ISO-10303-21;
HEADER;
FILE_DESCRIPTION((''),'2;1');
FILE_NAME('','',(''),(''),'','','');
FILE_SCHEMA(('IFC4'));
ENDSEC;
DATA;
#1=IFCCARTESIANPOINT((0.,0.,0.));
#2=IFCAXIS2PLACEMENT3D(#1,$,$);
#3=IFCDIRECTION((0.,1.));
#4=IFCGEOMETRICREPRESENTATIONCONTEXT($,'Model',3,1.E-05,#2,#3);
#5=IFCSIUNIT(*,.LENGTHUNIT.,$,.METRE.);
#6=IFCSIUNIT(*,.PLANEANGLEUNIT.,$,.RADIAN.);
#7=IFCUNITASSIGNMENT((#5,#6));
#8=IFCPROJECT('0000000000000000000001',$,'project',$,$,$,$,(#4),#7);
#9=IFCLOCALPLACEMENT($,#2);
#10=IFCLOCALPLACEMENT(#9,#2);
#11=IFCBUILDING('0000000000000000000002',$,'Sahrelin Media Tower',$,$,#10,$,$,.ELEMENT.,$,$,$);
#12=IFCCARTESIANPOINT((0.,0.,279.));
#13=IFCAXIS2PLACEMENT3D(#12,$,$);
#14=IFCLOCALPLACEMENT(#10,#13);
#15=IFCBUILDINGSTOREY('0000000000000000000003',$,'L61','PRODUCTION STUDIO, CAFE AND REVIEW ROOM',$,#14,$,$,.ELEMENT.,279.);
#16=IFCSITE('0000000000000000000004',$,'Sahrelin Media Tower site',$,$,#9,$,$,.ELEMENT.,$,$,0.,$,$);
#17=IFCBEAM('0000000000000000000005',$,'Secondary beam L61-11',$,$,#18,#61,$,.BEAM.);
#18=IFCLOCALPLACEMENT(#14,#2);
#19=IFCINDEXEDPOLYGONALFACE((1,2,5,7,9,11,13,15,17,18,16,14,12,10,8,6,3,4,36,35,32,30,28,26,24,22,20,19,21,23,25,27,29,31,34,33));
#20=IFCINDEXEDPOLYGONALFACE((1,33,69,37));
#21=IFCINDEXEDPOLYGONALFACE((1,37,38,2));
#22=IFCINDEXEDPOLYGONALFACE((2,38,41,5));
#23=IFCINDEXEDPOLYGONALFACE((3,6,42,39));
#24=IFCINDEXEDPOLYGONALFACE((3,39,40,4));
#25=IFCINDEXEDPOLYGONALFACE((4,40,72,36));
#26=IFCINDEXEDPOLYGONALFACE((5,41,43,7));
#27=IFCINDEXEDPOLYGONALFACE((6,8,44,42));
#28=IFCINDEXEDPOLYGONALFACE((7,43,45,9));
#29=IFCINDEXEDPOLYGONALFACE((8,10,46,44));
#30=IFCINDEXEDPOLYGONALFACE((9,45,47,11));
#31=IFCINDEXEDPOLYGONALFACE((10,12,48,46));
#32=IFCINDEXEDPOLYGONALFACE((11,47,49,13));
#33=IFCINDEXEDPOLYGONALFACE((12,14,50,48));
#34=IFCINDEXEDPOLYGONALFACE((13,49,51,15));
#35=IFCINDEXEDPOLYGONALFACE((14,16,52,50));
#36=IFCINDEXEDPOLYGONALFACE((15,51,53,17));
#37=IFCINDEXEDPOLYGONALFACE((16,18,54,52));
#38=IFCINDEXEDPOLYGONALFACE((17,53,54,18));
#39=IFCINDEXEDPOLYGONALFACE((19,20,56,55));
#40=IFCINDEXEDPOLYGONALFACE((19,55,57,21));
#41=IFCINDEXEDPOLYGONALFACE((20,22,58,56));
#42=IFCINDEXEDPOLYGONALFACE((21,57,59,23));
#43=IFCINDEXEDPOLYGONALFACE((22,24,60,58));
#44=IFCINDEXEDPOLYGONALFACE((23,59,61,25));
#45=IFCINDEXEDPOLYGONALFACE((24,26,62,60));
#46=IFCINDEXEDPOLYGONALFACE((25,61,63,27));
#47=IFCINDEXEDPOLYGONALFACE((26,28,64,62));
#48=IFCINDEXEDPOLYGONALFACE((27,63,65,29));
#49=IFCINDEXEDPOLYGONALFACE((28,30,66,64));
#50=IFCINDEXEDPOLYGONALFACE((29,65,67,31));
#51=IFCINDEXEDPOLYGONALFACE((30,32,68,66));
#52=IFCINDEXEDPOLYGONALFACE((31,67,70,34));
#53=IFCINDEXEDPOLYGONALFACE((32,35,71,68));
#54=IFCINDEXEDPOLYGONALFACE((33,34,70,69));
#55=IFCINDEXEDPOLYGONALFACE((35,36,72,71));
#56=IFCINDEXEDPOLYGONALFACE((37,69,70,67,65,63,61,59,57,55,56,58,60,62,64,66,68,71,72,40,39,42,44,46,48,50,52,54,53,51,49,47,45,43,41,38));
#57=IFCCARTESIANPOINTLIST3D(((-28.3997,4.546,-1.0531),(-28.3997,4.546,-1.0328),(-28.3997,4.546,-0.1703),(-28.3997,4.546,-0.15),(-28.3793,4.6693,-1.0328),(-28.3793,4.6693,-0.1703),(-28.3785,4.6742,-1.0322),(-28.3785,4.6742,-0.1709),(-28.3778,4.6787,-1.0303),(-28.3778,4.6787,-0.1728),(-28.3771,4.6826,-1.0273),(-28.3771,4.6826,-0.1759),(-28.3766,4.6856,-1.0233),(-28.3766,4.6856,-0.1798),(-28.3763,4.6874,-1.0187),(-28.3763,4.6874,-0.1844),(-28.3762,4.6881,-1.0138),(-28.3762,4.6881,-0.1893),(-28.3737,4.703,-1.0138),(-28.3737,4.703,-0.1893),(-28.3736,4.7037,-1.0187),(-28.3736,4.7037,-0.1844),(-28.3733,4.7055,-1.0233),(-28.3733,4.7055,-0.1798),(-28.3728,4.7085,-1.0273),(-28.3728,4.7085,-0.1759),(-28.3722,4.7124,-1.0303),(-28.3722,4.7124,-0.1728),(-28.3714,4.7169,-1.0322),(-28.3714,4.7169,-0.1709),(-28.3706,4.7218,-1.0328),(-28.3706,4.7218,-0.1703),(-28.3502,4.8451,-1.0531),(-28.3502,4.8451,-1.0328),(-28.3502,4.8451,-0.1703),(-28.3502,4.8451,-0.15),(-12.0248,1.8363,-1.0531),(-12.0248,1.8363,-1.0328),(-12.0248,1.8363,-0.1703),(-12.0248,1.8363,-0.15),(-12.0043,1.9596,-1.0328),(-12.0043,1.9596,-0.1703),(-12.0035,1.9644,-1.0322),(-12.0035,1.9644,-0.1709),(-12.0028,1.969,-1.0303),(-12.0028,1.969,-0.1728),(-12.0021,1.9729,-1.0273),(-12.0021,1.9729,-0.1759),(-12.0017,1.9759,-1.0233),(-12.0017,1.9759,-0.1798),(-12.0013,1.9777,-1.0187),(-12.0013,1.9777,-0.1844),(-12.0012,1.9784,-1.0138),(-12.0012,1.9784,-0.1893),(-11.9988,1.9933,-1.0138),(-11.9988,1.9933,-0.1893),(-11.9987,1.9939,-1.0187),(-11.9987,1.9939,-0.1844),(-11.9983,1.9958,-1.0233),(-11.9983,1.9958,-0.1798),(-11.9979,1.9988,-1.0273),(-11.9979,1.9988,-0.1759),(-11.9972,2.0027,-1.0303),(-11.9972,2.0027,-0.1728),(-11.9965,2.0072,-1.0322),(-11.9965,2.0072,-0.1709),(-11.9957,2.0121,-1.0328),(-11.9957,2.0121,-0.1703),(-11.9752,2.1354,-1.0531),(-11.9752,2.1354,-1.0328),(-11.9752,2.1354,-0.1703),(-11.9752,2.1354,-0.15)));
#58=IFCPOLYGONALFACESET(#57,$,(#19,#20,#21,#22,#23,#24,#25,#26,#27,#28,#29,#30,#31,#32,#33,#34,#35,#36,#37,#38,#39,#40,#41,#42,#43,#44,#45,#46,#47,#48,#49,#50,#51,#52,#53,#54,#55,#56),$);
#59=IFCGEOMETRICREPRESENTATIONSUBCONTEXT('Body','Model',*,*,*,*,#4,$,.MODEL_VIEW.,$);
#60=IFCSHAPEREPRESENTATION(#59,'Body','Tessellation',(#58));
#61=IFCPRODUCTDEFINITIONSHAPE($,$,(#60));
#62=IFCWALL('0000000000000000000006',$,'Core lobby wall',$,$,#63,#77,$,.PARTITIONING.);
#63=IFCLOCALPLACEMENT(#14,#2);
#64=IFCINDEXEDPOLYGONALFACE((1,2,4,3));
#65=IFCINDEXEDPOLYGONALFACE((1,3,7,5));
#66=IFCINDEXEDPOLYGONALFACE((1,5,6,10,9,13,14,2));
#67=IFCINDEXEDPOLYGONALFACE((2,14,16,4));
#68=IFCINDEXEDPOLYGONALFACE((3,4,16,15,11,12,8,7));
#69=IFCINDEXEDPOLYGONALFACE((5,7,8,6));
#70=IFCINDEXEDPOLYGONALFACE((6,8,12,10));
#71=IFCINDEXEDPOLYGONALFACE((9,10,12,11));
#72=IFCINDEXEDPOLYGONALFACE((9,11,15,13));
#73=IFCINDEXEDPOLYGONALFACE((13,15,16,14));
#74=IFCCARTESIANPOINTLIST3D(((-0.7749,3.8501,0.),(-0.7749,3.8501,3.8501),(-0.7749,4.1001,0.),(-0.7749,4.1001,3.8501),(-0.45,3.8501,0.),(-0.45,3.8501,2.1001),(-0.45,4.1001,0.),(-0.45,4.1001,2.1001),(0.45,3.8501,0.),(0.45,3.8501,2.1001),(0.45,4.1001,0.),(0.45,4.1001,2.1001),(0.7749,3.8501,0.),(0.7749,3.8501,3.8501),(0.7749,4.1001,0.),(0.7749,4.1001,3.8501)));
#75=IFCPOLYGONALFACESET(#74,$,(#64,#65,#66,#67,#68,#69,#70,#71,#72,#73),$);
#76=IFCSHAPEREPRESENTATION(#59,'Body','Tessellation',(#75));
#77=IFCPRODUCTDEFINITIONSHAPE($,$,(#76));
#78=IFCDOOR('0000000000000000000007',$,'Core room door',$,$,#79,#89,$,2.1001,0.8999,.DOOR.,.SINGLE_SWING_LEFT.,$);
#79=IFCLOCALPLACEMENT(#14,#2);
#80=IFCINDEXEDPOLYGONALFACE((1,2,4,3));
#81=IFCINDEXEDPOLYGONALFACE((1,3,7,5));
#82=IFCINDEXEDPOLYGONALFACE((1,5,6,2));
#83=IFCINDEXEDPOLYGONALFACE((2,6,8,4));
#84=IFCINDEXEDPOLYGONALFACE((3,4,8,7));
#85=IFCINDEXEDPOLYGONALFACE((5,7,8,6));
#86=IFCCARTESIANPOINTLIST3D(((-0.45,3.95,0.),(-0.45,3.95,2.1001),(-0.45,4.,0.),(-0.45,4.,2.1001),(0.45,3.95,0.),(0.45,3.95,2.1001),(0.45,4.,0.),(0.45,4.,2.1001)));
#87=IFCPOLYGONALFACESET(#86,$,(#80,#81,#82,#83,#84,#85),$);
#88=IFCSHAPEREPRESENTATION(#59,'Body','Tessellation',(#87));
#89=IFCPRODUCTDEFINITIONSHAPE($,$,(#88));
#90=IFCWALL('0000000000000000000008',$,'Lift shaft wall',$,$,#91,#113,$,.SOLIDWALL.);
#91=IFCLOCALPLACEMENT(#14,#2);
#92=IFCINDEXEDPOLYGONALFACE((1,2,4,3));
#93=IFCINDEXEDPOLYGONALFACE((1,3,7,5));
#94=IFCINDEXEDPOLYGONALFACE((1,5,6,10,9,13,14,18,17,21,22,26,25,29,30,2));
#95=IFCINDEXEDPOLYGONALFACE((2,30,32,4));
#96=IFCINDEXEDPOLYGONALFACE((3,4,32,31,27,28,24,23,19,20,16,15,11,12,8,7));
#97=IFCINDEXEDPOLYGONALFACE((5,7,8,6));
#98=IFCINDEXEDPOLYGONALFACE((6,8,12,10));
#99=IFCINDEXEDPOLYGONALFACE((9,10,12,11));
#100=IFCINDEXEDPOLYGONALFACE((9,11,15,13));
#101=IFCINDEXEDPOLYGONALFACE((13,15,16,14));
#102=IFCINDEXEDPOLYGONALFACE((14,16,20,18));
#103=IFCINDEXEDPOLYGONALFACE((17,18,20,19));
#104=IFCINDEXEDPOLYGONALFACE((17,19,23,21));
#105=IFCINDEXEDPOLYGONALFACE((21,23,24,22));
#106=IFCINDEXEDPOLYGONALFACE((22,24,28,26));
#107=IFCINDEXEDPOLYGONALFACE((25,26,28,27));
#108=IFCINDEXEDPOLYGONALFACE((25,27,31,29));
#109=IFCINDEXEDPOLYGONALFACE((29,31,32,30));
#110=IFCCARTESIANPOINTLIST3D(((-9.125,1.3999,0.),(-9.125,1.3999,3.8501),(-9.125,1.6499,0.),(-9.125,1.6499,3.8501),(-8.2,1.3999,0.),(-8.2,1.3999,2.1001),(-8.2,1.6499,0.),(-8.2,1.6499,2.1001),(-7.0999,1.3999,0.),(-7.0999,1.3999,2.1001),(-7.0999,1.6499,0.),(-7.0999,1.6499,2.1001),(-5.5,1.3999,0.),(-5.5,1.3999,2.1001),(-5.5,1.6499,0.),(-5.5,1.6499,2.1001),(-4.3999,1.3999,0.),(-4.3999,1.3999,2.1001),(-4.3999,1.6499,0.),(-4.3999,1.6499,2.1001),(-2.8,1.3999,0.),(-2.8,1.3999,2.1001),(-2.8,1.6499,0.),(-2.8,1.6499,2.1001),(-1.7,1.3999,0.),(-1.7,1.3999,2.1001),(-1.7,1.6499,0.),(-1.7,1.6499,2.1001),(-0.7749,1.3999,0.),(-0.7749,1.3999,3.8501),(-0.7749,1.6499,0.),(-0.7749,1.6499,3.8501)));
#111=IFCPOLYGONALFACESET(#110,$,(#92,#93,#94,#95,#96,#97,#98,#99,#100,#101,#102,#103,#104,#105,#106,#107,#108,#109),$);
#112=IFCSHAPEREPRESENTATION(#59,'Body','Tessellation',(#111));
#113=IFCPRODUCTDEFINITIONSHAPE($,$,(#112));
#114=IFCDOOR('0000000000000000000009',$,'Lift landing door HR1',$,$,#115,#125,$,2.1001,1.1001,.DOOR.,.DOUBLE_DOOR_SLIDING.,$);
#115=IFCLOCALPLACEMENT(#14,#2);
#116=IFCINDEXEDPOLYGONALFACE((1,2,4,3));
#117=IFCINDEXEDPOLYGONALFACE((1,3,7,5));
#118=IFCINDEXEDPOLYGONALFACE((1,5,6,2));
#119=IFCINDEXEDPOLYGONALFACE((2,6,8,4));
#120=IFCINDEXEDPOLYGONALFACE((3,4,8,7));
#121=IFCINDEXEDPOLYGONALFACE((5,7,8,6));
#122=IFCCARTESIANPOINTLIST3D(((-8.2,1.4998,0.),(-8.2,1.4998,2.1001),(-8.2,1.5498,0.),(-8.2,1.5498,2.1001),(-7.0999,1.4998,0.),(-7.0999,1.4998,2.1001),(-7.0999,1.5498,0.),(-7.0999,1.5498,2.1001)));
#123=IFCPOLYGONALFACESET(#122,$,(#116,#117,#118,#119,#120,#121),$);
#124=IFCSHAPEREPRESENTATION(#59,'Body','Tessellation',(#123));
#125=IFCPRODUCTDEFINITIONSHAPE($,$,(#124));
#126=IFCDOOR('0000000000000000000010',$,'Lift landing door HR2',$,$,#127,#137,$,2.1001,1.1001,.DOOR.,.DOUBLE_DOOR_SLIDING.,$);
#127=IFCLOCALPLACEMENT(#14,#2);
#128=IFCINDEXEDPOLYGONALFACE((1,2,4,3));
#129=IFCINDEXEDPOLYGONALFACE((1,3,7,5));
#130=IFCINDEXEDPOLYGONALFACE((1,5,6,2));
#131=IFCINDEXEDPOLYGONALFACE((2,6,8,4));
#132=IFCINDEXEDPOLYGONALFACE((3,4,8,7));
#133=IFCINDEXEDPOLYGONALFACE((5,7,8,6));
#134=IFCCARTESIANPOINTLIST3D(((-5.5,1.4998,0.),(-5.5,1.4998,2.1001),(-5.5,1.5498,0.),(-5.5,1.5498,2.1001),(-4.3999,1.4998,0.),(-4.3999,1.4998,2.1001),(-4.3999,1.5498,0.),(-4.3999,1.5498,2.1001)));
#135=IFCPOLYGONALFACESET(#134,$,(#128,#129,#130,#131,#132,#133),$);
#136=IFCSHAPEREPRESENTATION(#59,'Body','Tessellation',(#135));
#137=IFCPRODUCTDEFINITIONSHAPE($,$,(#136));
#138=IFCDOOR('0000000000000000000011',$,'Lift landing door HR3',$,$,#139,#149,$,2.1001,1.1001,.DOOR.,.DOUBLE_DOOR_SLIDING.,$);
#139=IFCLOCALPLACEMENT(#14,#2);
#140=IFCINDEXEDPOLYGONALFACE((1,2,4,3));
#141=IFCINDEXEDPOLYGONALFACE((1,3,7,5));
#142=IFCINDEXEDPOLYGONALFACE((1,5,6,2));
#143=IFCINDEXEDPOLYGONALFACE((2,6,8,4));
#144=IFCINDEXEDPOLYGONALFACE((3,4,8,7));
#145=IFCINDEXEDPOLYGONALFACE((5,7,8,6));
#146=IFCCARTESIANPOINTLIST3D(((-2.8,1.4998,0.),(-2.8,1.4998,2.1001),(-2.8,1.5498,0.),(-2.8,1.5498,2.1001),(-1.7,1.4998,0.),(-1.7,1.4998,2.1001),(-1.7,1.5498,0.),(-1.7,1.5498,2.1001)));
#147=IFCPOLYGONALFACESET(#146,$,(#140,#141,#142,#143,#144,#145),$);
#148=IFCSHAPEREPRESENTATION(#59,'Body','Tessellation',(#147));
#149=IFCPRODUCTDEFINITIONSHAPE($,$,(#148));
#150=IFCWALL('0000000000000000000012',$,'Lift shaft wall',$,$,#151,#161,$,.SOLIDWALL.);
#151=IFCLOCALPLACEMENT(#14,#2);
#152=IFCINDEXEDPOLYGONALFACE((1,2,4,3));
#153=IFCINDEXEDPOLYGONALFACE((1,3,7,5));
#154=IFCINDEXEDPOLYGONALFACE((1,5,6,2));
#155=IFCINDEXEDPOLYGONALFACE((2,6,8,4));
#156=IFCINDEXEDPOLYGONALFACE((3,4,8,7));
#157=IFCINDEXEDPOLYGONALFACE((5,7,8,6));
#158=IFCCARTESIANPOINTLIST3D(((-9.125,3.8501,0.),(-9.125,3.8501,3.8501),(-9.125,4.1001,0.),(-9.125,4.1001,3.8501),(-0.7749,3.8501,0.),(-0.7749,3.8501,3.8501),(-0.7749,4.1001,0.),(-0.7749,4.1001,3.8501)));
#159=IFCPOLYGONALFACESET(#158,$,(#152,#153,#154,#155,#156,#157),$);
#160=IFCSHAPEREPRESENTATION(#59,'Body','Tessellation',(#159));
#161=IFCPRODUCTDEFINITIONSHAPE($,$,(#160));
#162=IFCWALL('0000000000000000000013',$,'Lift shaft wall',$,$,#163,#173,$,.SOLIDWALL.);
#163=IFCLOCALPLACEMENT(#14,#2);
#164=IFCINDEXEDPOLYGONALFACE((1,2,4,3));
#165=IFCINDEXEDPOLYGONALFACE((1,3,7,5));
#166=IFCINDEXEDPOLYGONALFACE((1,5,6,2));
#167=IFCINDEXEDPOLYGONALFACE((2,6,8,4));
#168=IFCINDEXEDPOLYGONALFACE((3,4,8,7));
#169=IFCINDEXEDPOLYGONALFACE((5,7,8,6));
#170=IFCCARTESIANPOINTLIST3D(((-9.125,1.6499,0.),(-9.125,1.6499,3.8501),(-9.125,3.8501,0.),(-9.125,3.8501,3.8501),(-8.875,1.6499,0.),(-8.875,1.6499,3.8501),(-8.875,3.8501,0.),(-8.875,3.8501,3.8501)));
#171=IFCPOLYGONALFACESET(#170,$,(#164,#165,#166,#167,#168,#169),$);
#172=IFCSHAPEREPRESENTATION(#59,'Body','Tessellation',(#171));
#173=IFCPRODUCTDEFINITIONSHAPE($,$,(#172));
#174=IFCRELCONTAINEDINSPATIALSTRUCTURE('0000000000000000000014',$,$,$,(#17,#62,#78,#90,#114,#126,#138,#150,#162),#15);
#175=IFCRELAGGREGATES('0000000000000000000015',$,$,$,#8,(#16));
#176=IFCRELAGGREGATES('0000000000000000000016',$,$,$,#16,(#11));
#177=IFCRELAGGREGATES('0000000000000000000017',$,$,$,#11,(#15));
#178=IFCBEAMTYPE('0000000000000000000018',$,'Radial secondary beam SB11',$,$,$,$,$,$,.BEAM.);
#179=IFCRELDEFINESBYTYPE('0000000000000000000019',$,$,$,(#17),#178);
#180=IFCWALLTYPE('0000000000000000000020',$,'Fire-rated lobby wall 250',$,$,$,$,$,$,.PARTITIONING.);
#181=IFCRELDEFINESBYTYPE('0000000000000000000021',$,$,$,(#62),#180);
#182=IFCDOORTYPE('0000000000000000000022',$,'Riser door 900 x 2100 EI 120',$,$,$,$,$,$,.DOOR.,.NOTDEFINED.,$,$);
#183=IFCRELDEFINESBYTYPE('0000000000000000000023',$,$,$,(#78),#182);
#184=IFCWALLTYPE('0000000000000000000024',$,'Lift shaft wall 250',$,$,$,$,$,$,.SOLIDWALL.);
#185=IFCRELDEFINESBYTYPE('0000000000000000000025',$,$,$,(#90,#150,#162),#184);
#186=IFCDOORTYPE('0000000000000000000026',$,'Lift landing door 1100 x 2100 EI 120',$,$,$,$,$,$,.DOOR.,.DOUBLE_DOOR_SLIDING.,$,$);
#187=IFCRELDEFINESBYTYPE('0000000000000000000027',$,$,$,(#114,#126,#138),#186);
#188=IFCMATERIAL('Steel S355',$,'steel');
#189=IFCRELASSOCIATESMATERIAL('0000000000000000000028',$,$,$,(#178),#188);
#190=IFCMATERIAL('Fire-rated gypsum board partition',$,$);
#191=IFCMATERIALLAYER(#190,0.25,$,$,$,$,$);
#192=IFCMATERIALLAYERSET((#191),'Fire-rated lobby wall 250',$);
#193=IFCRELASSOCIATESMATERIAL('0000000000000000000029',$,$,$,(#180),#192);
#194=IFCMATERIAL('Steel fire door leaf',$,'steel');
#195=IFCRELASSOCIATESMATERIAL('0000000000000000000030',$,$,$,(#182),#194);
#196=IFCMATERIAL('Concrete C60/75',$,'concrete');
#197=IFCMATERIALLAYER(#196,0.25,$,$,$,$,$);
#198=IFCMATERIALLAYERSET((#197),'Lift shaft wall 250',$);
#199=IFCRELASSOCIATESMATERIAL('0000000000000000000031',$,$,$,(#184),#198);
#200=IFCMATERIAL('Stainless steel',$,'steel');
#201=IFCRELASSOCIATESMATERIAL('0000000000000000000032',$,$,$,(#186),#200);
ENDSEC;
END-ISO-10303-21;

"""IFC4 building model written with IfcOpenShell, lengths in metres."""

from ifc_helpers import new_model, si_unit, direction, frame, frame_2d, origin, origin_2d, place, context, subcontext, project, spatial, rectangle, i_section, extrude, material, layer, layer_set, material_profile, profile_set, type_object, element, fill, save


model = new_model("IFC4")

# Units and contexts
model_context = context("Model", 3, precision=1e-05, world=origin(), true_north=direction((0.0, 1.0)))
body_context = subcontext(model_context, "Body", "Model", "MODEL_VIEW")
ifc_project = project(units=[si_unit("LENGTHUNIT", "METRE"), si_unit("PLANEANGLEUNIT", "RADIAN")], contexts=[model_context])

# Site, building, storey
site_placement = place(None, origin())
site = spatial("IfcSite", under=ifc_project, at=site_placement, Name="Sahrelin Media Tower site", CompositionType="ELEMENT", RefElevation=0.0)
building_placement = place(site_placement, origin())
building = spatial("IfcBuilding", under=site, at=building_placement, Name="Sahrelin Media Tower", CompositionType="ELEMENT")
storey_placement = place(building_placement, frame((0.0, 0.0, 279.0)))
storey = spatial("IfcBuildingStorey", under=building, at=storey_placement, Name="L61", Description="PRODUCTION STUDIO, CAFE AND REVIEW ROOM", CompositionType="ELEMENT", Elevation=279.0)

# Beam
ifc_material_1 = material(Name="Steel S355", Category="steel")
ifc_material_profile_1 = material_profile(ifc_material_1, i_section(OverallWidth=0.3032, OverallDepth=0.9031, WebThickness=0.0151, FlangeThickness=0.0203, FilletRadius=0.019, at=origin_2d()), Name="UB 914x305x201")
ifc_profile_set_1 = profile_set([ifc_material_profile_1], Name="Steel S355")
beam_type_1 = type_object("IfcBeamType", Name="Radial secondary beam SB11", PredefinedType="BEAM", material=ifc_profile_set_1)
beam_1_placement = place(storey_placement, frame((-12.0, 1.9858, -0.6016), z_axis=(-0.986583, 0.163259, 0.0), x_axis=(-0.163259, -0.986583, 0.0)))
element("IfcBeam", 1, at=beam_1_placement, inside=storey, type_object=beam_type_1, Name="Secondary beam L61-11", PredefinedType="BEAM", context=body_context, shape_type="SweptSolid", body=[
    extrude(i_section(OverallWidth=0.3032, OverallDepth=0.9031, WebThickness=0.0151, FlangeThickness=0.0203, FilletRadius=0.019, at=origin_2d()), origin(), (0.0, 0.0, 1.0), 16.5977),
])

# Wall, opening, door
ifc_material_2 = material(Name="Fire-rated gypsum board partition")
ifc_layer_1 = layer(ifc_material_2, 0.25)
ifc_layer_set_1 = layer_set([ifc_layer_1], Name="Fire-rated lobby wall 250")
wall_type_1 = type_object("IfcWallType", Name="Fire-rated lobby wall 250", PredefinedType="PARTITIONING", material=ifc_layer_set_1)
wall_1_placement = place(storey_placement, frame((-0.7749, 3.9751, 0.0), z_axis=(0.0, 0.0, 1.0), x_axis=(1.0, 0.0, 0.0)))
wall_1 = element("IfcWall", 2, at=wall_1_placement, inside=storey, type_object=wall_type_1, Name="Core lobby wall", PredefinedType="PARTITIONING", context=body_context, shape_type="SweptSolid", body=[
    extrude(rectangle(XDim=1.5498, YDim=0.25, at=frame_2d((0.7749, 0.0))), origin(), (0.0, 0.0, 1.0), 3.8501),
])
opening_1_placement = place(wall_1_placement, frame((0.325, 0.0, 0.0)))
opening_1 = element("IfcOpeningElement", 3, at=opening_1_placement, cuts=wall_1, PredefinedType="OPENING", context=body_context, shape_type="SweptSolid", body=[
    extrude(rectangle(XDim=0.8999, YDim=2.1001, at=frame_2d((0.45, 1.05))), frame((0.0, 0.125, 0.0), z_axis=(0.0, -1.0, 0.0), x_axis=(1.0, 0.0, 0.0)), (0.0, 0.0, 1.0), 0.25),
])
ifc_material_3 = material(Name="Steel fire door leaf", Category="steel")
door_type_1 = type_object("IfcDoorType", Name="Riser door 900 x 2100 EI 120", OperationType="NOTDEFINED", PredefinedType="DOOR", material=ifc_material_3)
door_1_placement = place(opening_1_placement, origin())
door_1 = element("IfcDoor", 4, at=door_1_placement, inside=storey, type_object=door_type_1, Name="Core room door", OperationType="SINGLE_SWING_LEFT", OverallHeight=2.1001, OverallWidth=0.8999, PredefinedType="DOOR", context=body_context, shape_type="SweptSolid", body=[
    extrude(rectangle(XDim=0.8999, YDim=2.1001, at=frame_2d((0.45, 1.05))), frame((0.0, 0.0249, 0.0), z_axis=(0.0, -1.0, 0.0), x_axis=(1.0, 0.0, 0.0)), (0.0, 0.0, 1.0), 0.05),
])
fill(opening_1, door_1)

# Wall, openings, doors
ifc_material_4 = material(Name="Concrete C60/75", Category="concrete")
ifc_layer_2 = layer(ifc_material_4, 0.25)
ifc_layer_set_2 = layer_set([ifc_layer_2], Name="Lift shaft wall 250")
wall_type_2 = type_object("IfcWallType", Name="Lift shaft wall 250", PredefinedType="SOLIDWALL", material=ifc_layer_set_2)
wall_2_placement = place(storey_placement, frame((-9.125, 1.5249, 0.0), z_axis=(0.0, 0.0, 1.0), x_axis=(1.0, 0.0, 0.0)))
wall_2 = element("IfcWall", 5, at=wall_2_placement, inside=storey, type_object=wall_type_2, Name="Lift shaft wall", PredefinedType="SOLIDWALL", context=body_context, shape_type="SweptSolid", body=[
    extrude(rectangle(XDim=8.3501, YDim=0.25, at=frame_2d((4.175, 0.0))), origin(), (0.0, 0.0, 1.0), 3.8501),
])
opening_2_placement = place(wall_2_placement, frame((0.925, 0.0, 0.0)))
opening_2 = element("IfcOpeningElement", 6, at=opening_2_placement, cuts=wall_2, PredefinedType="OPENING", context=body_context, shape_type="SweptSolid", body=[
    extrude(rectangle(XDim=1.1001, YDim=2.1001, at=frame_2d((0.55, 1.05))), frame((0.0, 0.125, 0.0), z_axis=(0.0, -1.0, 0.0), x_axis=(1.0, 0.0, 0.0)), (0.0, 0.0, 1.0), 0.25),
])
opening_3_placement = place(wall_2_placement, frame((3.625, 0.0, 0.0)))
opening_3 = element("IfcOpeningElement", 7, at=opening_3_placement, cuts=wall_2, PredefinedType="OPENING", context=body_context, shape_type="SweptSolid", body=[
    extrude(rectangle(XDim=1.1001, YDim=2.1001, at=frame_2d((0.55, 1.05))), frame((0.0, 0.125, 0.0), z_axis=(0.0, -1.0, 0.0), x_axis=(1.0, 0.0, 0.0)), (0.0, 0.0, 1.0), 0.25),
])
opening_4_placement = place(wall_2_placement, frame((6.325, 0.0, 0.0)))
opening_4 = element("IfcOpeningElement", 8, at=opening_4_placement, cuts=wall_2, PredefinedType="OPENING", context=body_context, shape_type="SweptSolid", body=[
    extrude(rectangle(XDim=1.1001, YDim=2.1001, at=frame_2d((0.55, 1.05))), frame((0.0, 0.125, 0.0), z_axis=(0.0, -1.0, 0.0), x_axis=(1.0, 0.0, 0.0)), (0.0, 0.0, 1.0), 0.25),
])
ifc_material_5 = material(Name="Stainless steel", Category="steel")
door_type_2 = type_object("IfcDoorType", Name="Lift landing door 1100 x 2100 EI 120", OperationType="DOUBLE_DOOR_SLIDING", PredefinedType="DOOR", material=ifc_material_5)
door_2_placement = place(opening_2_placement, origin())
door_2 = element("IfcDoor", 9, at=door_2_placement, inside=storey, type_object=door_type_2, Name="Lift landing door HR1", OperationType="DOUBLE_DOOR_SLIDING", OverallHeight=2.1001, OverallWidth=1.1001, PredefinedType="DOOR", context=body_context, shape_type="SweptSolid", body=[
    extrude(rectangle(XDim=1.1001, YDim=2.1001, at=frame_2d((0.55, 1.05))), frame((0.0, 0.0249, 0.0), z_axis=(0.0, -1.0, 0.0), x_axis=(1.0, 0.0, 0.0)), (0.0, 0.0, 1.0), 0.05),
])
fill(opening_2, door_2)
door_3_placement = place(opening_3_placement, origin())
door_3 = element("IfcDoor", 10, at=door_3_placement, inside=storey, type_object=door_type_2, Name="Lift landing door HR2", OperationType="DOUBLE_DOOR_SLIDING", OverallHeight=2.1001, OverallWidth=1.1001, PredefinedType="DOOR", context=body_context, shape_type="SweptSolid", body=[
    extrude(rectangle(XDim=1.1001, YDim=2.1001, at=frame_2d((0.55, 1.05))), frame((0.0, 0.0249, 0.0), z_axis=(0.0, -1.0, 0.0), x_axis=(1.0, 0.0, 0.0)), (0.0, 0.0, 1.0), 0.05),
])
fill(opening_3, door_3)
door_4_placement = place(opening_4_placement, origin())
door_4 = element("IfcDoor", 11, at=door_4_placement, inside=storey, type_object=door_type_2, Name="Lift landing door HR3", OperationType="DOUBLE_DOOR_SLIDING", OverallHeight=2.1001, OverallWidth=1.1001, PredefinedType="DOOR", context=body_context, shape_type="SweptSolid", body=[
    extrude(rectangle(XDim=1.1001, YDim=2.1001, at=frame_2d((0.55, 1.05))), frame((0.0, 0.0249, 0.0), z_axis=(0.0, -1.0, 0.0), x_axis=(1.0, 0.0, 0.0)), (0.0, 0.0, 1.0), 0.05),
])
fill(opening_4, door_4)

# Walls
wall_3_placement = place(storey_placement, frame((-9.125, 3.9751, 0.0), z_axis=(0.0, 0.0, 1.0), x_axis=(1.0, 0.0, 0.0)))
element("IfcWall", 12, at=wall_3_placement, inside=storey, type_object=wall_type_2, Name="Lift shaft wall", PredefinedType="SOLIDWALL", context=body_context, shape_type="SweptSolid", body=[
    extrude(rectangle(XDim=8.3501, YDim=0.25, at=frame_2d((4.175, 0.0))), origin(), (0.0, 0.0, 1.0), 3.8501),
])
for number, where, z_axis, x_axis, name in (
    (13, (-9.0, 1.6499, 0.0), (0.0, 0.0, 1.0), (0.0, 1.0, 0.0), "Lift shaft wall"),
):
    element("IfcWall", number, at=place(storey_placement, frame(where, z_axis=z_axis, x_axis=x_axis)), inside=storey, type_object=wall_type_2, Name=name, PredefinedType="SOLIDWALL", context=body_context, shape_type="SweptSolid", body=[
        extrude(rectangle(XDim=2.2002, YDim=0.25, at=frame_2d((1.1001, 0.0))), origin(), (0.0, 0.0, 1.0), 3.8501),
    ])

save(model, "model.ifc")
